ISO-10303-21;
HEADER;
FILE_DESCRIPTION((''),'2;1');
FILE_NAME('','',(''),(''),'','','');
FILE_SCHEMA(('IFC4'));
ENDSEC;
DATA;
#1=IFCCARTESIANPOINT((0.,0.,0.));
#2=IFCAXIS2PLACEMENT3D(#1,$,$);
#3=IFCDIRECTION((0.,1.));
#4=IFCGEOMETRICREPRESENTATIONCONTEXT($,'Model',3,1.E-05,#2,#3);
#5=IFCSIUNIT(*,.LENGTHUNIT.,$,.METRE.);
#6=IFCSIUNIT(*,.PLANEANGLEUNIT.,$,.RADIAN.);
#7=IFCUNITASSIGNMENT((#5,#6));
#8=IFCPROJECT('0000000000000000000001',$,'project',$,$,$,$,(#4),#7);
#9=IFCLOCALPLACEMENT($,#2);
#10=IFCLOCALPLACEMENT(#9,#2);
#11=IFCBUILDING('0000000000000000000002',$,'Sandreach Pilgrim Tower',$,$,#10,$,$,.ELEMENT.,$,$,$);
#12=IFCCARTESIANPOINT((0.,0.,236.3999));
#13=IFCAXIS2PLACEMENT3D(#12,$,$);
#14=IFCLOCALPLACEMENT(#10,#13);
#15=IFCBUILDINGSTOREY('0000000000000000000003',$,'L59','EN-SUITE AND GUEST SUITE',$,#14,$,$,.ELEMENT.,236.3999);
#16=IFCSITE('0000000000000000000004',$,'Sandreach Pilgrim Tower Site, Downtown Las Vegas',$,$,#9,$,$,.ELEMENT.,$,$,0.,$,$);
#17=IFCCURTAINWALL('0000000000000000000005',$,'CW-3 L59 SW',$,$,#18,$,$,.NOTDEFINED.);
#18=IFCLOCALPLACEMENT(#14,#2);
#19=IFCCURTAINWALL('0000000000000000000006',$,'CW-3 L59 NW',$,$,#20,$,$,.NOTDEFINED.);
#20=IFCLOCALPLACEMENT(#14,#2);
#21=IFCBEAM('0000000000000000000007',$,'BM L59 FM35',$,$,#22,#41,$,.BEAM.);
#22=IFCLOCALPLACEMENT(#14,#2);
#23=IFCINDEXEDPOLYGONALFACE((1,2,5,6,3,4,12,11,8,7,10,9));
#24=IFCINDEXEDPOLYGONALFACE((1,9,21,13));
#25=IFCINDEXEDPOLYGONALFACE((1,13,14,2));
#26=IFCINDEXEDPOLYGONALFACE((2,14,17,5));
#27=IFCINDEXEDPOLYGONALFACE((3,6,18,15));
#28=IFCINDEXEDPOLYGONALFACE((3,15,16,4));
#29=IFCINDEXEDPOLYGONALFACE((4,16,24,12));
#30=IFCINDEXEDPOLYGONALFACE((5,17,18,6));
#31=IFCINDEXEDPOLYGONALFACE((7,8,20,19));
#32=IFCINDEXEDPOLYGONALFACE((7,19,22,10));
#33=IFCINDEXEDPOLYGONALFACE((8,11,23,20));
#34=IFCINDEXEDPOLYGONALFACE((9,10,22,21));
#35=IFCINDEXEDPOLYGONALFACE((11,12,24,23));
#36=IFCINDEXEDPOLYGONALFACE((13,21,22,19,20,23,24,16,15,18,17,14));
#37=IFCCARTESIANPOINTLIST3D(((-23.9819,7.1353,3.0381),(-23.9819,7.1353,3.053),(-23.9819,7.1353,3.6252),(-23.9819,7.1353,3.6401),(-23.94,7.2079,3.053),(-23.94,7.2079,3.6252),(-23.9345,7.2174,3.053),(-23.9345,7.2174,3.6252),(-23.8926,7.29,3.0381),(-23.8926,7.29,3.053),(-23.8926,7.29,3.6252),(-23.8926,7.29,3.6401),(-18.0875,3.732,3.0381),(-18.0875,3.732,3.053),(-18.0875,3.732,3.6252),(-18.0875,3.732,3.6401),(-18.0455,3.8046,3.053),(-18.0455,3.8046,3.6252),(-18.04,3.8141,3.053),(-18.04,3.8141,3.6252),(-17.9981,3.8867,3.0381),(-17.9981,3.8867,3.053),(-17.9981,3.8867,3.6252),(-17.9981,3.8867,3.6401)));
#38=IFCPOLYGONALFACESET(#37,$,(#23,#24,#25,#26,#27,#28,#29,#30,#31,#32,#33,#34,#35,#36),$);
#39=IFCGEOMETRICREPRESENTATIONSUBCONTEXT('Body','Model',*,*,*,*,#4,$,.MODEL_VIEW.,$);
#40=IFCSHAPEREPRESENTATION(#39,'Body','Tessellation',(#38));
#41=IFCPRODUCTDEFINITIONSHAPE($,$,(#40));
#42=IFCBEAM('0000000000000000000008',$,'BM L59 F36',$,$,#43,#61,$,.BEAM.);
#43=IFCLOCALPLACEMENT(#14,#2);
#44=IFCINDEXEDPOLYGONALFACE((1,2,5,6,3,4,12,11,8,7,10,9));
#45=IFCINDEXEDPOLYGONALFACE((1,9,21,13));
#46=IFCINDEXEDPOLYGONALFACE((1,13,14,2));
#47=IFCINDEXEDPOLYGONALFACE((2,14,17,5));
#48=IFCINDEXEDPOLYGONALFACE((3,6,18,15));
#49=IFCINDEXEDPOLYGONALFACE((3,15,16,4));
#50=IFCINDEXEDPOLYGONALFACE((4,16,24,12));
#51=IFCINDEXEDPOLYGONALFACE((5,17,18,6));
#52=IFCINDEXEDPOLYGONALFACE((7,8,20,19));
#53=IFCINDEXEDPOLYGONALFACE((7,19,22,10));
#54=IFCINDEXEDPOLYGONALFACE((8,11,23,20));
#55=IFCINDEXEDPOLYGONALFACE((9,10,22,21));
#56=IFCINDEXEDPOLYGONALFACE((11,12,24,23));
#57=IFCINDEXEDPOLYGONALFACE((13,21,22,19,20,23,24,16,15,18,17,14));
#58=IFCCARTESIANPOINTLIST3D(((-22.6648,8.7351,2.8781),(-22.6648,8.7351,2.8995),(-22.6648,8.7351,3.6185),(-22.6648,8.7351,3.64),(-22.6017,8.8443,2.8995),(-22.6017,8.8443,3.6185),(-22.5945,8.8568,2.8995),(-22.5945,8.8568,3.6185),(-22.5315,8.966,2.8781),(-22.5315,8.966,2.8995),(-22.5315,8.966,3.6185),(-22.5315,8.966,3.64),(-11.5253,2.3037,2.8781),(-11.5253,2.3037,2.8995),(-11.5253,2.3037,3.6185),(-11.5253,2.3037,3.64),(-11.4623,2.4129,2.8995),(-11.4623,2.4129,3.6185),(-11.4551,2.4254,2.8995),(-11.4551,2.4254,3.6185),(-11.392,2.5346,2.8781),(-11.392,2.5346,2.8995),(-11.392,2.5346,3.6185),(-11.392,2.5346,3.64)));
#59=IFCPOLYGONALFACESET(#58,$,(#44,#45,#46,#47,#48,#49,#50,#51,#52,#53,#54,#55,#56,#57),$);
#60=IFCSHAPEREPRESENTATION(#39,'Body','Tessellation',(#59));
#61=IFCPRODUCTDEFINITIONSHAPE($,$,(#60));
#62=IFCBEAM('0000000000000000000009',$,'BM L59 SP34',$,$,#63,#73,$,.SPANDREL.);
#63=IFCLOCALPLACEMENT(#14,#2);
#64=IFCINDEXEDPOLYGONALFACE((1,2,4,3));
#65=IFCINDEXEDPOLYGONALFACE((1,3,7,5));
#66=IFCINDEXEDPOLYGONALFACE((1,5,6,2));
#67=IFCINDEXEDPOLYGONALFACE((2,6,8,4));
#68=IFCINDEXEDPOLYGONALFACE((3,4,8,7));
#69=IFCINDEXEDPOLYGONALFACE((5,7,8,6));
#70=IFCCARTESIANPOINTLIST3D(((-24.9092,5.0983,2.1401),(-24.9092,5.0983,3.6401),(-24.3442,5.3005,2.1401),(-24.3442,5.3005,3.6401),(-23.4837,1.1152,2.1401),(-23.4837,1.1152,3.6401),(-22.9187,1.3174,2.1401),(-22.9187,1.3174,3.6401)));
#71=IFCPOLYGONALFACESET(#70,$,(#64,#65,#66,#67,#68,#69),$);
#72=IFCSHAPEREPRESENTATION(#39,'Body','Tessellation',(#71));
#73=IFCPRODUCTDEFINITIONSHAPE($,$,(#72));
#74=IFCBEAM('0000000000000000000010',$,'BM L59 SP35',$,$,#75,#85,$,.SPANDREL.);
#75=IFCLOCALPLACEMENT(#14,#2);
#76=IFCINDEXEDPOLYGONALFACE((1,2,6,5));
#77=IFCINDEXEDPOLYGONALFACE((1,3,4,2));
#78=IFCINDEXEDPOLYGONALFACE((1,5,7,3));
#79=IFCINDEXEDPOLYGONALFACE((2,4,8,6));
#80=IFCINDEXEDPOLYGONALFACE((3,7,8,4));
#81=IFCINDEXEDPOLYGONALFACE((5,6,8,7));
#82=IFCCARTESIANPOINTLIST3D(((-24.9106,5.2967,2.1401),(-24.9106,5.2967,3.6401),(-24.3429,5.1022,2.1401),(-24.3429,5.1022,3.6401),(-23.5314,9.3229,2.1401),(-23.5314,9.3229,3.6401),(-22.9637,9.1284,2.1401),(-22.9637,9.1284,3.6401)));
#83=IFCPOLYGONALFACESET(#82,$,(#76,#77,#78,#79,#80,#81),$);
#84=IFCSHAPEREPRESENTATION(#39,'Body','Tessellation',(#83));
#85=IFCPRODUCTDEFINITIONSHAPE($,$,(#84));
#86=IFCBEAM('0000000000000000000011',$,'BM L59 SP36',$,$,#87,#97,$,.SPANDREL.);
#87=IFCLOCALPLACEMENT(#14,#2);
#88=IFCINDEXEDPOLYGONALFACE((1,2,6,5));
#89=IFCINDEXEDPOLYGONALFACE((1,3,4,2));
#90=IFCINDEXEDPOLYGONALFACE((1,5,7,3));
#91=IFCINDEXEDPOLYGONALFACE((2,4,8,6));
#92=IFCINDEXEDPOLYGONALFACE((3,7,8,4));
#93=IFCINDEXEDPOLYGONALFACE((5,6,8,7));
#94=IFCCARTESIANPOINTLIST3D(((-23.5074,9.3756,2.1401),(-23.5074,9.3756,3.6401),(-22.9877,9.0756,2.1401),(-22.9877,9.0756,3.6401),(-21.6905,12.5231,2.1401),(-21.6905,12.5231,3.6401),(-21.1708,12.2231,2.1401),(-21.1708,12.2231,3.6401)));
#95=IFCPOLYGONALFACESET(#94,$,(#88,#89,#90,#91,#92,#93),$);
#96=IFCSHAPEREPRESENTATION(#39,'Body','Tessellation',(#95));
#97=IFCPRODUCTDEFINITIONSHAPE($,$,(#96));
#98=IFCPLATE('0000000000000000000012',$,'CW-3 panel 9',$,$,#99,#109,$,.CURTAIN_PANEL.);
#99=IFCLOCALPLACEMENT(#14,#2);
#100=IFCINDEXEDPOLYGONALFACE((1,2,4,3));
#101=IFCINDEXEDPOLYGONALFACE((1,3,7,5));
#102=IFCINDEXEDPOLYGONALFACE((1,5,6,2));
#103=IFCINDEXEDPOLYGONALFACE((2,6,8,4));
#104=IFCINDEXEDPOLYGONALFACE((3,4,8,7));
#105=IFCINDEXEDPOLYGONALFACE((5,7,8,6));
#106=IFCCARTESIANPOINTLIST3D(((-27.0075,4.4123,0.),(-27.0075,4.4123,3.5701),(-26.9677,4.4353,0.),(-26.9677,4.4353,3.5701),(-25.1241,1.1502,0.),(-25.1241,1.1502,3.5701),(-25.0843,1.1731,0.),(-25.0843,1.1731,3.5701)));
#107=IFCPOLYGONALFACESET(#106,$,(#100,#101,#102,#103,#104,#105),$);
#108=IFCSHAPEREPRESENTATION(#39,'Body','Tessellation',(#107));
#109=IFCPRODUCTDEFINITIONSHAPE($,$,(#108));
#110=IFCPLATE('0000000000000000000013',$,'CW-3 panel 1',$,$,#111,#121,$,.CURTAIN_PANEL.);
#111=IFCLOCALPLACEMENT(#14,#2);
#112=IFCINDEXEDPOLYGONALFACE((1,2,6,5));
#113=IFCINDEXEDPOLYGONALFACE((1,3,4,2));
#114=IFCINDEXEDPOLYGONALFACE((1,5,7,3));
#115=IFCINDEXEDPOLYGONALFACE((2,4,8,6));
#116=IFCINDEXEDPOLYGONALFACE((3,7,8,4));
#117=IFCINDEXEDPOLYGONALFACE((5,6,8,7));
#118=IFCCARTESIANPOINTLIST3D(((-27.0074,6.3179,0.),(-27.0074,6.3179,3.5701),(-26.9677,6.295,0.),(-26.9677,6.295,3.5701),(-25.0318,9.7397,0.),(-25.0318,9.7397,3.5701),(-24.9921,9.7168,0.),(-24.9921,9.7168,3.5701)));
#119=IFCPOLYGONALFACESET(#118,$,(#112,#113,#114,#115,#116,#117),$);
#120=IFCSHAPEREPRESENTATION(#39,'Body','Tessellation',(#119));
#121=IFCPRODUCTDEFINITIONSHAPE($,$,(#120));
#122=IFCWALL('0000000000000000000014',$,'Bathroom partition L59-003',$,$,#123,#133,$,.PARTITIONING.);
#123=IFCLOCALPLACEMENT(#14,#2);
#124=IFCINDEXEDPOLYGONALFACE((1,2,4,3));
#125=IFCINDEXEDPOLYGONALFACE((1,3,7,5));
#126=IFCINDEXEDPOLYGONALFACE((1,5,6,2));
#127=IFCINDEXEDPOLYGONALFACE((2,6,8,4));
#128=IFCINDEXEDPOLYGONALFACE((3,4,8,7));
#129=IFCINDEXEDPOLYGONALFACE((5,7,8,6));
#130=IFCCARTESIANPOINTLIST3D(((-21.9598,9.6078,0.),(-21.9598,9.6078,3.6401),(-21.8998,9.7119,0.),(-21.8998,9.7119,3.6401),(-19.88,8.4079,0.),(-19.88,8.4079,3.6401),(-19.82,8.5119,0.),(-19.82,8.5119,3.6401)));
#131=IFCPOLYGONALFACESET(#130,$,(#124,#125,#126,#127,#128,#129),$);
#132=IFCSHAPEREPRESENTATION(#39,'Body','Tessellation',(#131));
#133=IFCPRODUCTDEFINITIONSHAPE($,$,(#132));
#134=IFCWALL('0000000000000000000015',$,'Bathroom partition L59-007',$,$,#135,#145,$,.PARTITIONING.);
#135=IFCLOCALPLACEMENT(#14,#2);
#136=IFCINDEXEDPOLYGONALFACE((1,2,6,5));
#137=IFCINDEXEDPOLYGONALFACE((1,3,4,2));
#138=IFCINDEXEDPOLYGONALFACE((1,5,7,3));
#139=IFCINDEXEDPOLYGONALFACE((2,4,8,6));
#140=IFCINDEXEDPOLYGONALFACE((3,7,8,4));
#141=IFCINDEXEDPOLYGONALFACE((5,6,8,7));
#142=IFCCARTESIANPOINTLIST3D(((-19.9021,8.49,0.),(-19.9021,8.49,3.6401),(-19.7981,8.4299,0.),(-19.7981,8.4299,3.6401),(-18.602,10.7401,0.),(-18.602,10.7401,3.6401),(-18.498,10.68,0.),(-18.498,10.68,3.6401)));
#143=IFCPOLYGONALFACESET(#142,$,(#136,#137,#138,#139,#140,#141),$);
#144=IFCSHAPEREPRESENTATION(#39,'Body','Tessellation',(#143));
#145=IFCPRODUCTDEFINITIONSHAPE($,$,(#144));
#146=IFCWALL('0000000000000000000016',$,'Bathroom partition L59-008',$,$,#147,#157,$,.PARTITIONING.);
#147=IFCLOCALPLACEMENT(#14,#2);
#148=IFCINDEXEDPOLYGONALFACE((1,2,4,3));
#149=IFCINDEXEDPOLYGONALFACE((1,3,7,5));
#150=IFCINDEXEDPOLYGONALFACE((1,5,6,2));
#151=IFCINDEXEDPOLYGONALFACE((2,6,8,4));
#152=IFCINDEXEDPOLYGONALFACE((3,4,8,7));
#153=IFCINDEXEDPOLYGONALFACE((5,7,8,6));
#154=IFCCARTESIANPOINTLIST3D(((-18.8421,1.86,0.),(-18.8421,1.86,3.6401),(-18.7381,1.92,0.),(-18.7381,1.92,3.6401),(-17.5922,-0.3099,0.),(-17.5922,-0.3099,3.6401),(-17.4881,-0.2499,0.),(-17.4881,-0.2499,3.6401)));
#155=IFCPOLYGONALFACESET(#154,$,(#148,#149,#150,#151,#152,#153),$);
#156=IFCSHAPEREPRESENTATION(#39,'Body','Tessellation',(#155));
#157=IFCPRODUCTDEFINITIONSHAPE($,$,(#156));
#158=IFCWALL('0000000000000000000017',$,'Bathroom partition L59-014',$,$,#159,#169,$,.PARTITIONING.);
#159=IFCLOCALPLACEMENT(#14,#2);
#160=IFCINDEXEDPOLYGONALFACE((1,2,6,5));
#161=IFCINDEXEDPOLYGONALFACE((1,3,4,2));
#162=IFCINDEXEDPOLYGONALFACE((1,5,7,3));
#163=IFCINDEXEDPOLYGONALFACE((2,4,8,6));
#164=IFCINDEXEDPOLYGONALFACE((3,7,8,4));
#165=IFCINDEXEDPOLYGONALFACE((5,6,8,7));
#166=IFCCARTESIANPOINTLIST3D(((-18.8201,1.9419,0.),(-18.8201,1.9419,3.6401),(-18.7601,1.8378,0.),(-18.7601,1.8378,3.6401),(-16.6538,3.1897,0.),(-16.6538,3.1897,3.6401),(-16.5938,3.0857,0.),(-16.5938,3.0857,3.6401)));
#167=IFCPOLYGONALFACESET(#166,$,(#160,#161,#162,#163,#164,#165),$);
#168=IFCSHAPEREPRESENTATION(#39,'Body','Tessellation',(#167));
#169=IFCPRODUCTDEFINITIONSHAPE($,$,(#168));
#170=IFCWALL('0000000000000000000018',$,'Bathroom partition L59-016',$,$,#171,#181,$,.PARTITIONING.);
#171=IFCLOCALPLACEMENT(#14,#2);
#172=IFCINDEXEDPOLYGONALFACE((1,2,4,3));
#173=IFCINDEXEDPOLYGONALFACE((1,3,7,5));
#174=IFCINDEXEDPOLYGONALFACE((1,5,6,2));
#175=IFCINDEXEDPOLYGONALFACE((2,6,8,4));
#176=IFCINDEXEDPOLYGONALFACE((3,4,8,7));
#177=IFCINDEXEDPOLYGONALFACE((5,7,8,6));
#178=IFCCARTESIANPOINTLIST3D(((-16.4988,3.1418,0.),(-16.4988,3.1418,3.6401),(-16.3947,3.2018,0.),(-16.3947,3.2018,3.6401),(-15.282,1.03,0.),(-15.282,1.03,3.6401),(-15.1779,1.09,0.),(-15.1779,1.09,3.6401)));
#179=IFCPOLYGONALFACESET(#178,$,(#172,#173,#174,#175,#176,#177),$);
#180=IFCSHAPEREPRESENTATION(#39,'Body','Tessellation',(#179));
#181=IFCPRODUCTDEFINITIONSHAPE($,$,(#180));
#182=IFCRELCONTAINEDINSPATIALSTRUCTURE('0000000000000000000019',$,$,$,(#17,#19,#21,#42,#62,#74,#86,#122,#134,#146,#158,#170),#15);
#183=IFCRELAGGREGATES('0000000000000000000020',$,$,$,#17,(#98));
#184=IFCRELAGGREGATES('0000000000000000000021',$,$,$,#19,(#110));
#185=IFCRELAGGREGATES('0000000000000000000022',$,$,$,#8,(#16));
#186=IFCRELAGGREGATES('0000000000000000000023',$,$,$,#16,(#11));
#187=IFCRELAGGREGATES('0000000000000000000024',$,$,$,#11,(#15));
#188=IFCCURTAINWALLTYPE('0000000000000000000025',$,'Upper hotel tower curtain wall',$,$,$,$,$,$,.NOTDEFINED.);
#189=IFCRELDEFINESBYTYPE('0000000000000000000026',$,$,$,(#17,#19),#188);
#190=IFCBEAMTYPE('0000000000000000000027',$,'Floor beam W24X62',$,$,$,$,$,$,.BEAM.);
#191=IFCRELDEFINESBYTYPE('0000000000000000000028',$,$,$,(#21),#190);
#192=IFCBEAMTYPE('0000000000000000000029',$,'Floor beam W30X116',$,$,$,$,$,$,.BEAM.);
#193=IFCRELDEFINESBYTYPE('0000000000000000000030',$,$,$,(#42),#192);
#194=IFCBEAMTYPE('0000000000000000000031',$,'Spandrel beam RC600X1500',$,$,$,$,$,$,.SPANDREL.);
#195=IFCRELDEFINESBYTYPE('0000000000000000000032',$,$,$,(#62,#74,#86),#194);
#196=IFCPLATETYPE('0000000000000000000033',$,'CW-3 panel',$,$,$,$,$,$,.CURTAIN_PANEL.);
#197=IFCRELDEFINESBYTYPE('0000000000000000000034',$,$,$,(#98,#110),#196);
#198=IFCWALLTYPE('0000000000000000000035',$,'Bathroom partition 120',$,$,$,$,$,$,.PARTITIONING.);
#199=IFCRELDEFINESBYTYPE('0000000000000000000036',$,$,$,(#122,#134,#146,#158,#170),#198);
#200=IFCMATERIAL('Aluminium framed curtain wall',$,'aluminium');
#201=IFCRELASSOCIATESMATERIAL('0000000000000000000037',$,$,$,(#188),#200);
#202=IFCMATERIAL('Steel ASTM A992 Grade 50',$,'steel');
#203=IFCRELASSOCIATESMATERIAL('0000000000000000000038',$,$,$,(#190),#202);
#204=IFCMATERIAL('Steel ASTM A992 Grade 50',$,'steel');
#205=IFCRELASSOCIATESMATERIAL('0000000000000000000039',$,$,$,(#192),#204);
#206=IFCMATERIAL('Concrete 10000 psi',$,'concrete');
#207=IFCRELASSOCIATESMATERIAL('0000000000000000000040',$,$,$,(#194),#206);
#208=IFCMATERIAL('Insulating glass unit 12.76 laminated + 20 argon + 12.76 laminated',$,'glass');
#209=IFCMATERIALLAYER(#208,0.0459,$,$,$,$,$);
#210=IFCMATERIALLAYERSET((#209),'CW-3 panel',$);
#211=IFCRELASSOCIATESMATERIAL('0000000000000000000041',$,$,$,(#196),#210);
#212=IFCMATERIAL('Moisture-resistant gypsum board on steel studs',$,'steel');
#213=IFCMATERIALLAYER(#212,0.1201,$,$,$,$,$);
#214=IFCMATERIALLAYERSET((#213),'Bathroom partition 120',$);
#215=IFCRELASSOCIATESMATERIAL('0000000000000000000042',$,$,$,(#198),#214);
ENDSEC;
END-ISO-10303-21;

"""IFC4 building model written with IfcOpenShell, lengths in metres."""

from ifc_helpers import new_model, si_unit, direction, frame, frame_2d, origin, origin_2d, place, context, subcontext, project, spatial, rectangle, i_section, extrude, material, layer, layer_set, material_profile, profile_set, type_object, element, aggregate, save


model = new_model("IFC4")

# Units and contexts
model_context = context("Model", 3, precision=1e-05, world=origin(), true_north=direction((0.0, 1.0)))
body_context = subcontext(model_context, "Body", "Model", "MODEL_VIEW")
ifc_project = project(units=[si_unit("LENGTHUNIT", "METRE"), si_unit("PLANEANGLEUNIT", "RADIAN")], contexts=[model_context])

# Site, building, storey
site_placement = place(None, origin())
site = spatial("IfcSite", under=ifc_project, at=site_placement, Name="Sandreach Pilgrim Tower Site, Downtown Las Vegas", CompositionType="ELEMENT", RefElevation=0.0)
building_placement = place(site_placement, origin())
building = spatial("IfcBuilding", under=site, at=building_placement, Name="Sandreach Pilgrim Tower", CompositionType="ELEMENT")
storey_placement = place(building_placement, frame((0.0, 0.0, 236.3999)))
storey = spatial("IfcBuildingStorey", under=building, at=storey_placement, Name="L59", Description="EN-SUITE AND GUEST SUITE", CompositionType="ELEMENT", Elevation=236.3999)

# Curtain wall
ifc_material_1 = material(Name="Aluminium framed curtain wall", Category="aluminium")
curtain_wall_type = type_object("IfcCurtainWallType", Name="Upper hotel tower curtain wall", PredefinedType="NOTDEFINED", material=ifc_material_1)
curtain_wall_1_placement = place(storey_placement, origin())
curtain_wall_1 = element("IfcCurtainWall", 1, at=curtain_wall_1_placement, inside=storey, type_object=curtain_wall_type, Name="CW-3 L59 SW", PredefinedType="NOTDEFINED")

# Curtain wall
curtain_wall_2_placement = place(storey_placement, origin())
curtain_wall_2 = element("IfcCurtainWall", 2, at=curtain_wall_2_placement, inside=storey, type_object=curtain_wall_type, Name="CW-3 L59 NW", PredefinedType="NOTDEFINED")

# Beams
ifc_material_2 = material(Name="Steel ASTM A992 Grade 50", Category="steel")
ifc_material_profile_1 = material_profile(ifc_material_2, i_section(OverallWidth=0.1787, OverallDepth=0.6021, WebThickness=0.011, FlangeThickness=0.0149, at=origin_2d()), Name="W24X62")
ifc_profile_set_1 = profile_set([ifc_material_profile_1], Name="Steel ASTM A992 Grade 50")
beam_type_1 = type_object("IfcBeamType", Name="Floor beam W24X62", PredefinedType="BEAM", material=ifc_profile_set_1)
beam_1_placement = place(storey_placement, frame((-23.9373, 7.2126, 3.3391), z_axis=(0.866018, -0.500012, 0.0), x_axis=(0.500012, 0.866018, 0.0)))
element("IfcBeam", 3, at=beam_1_placement, inside=storey, type_object=beam_type_1, Name="BM L59 FM35", PredefinedType="BEAM", context=body_context, shape_type="SweptSolid", body=[
    extrude(i_section(OverallWidth=0.1787, OverallDepth=0.6021, WebThickness=0.011, FlangeThickness=0.0149, at=origin_2d()), origin(), (0.0, 0.0, 1.0), 6.8064),
])
ifc_material_3 = material(Name="Steel ASTM A992 Grade 50", Category="steel")
ifc_material_profile_2 = material_profile(ifc_material_3, i_section(OverallWidth=0.2666, OverallDepth=0.762, WebThickness=0.0144, FlangeThickness=0.0215, at=origin_2d()), Name="W30X116")
ifc_profile_set_2 = profile_set([ifc_material_profile_2], Name="Steel ASTM A992 Grade 50")
beam_type_2 = type_object("IfcBeamType", Name="Floor beam W30X116", PredefinedType="BEAM", material=ifc_profile_set_2)
beam_2_placement = place(storey_placement, frame((-22.5981, 8.8506, 3.259), z_axis=(0.866023, -0.500003, 0.0), x_axis=(0.500003, 0.866023, 0.0)))
element("IfcBeam", 4, at=beam_2_placement, inside=storey, type_object=beam_type_2, Name="BM L59 F36", PredefinedType="BEAM", context=body_context, shape_type="SweptSolid", body=[
    extrude(i_section(OverallWidth=0.2666, OverallDepth=0.762, WebThickness=0.0144, FlangeThickness=0.0215, at=origin_2d()), origin(), (0.0, 0.0, 1.0), 12.8628),
])
ifc_material_4 = material(Name="Concrete 10000 psi", Category="concrete")
ifc_material_profile_3 = material_profile(ifc_material_4, rectangle(XDim=0.6001, YDim=1.5, at=origin_2d()), Name="RC600X1500")
ifc_profile_set_3 = profile_set([ifc_material_profile_3], Name="Concrete 10000 psi")
beam_type_3 = type_object("IfcBeamType", Name="Spandrel beam RC600X1500", PredefinedType="SPANDREL", material=ifc_profile_set_3)
beam_3_placement = place(storey_placement, frame((-23.2012, 1.2163, 2.8901), z_axis=(-0.336961, 0.941518, 0.0), x_axis=(-0.941518, -0.336961, 0.0)))
element("IfcBeam", 5, at=beam_3_placement, inside=storey, type_object=beam_type_3, Name="BM L59 SP34", PredefinedType="SPANDREL", context=body_context, shape_type="SweptSolid", body=[
    extrude(rectangle(XDim=0.6001, YDim=1.5, at=origin_2d()), origin(), (0.0, 0.0, 1.0), 4.2305),
])
beam_4_placement = place(storey_placement, frame((-24.6267, 5.1995, 2.8901), z_axis=(0.324065, 0.946035, 0.0), x_axis=(-0.946035, 0.324065, 0.0)))
element("IfcBeam", 6, at=beam_4_placement, inside=storey, type_object=beam_type_3, Name="BM L59 SP35", PredefinedType="SPANDREL", context=body_context, shape_type="SweptSolid", body=[
    extrude(rectangle(XDim=0.6001, YDim=1.5, at=origin_2d()), origin(), (0.0, 0.0, 1.0), 4.2559),
])
beam_5_placement = place(storey_placement, frame((-23.2476, 9.2256, 2.8901), z_axis=(0.49994, 0.86606, 0.0), x_axis=(-0.86606, 0.49994, 0.0)))
element("IfcBeam", 7, at=beam_5_placement, inside=storey, type_object=beam_type_3, Name="BM L59 SP36", PredefinedType="SPANDREL", context=body_context, shape_type="SweptSolid", body=[
    extrude(rectangle(XDim=0.6001, YDim=1.5, at=origin_2d()), origin(), (0.0, 0.0, 1.0), 3.6343),
])

# Plates
ifc_material_5 = material(Name="Insulating glass unit 12.76 laminated + 20 argon + 12.76 laminated", Category="glass")
ifc_layer_1 = layer(ifc_material_5, 0.0459)
ifc_layer_set_1 = layer_set([ifc_layer_1], Name="CW-3 panel")
plate_type = type_object("IfcPlateType", Name="CW-3 panel", PredefinedType="CURTAIN_PANEL", material=ifc_layer_set_1)
plate_1_placement = place(storey_placement, frame((-26.0459, 2.7927, 0.0), z_axis=(0.0, 0.0, 1.0), x_axis=(-0.5, 0.866025, 0.0)))
plate_1 = element("IfcPlate", 8, at=plate_1_placement, type_object=plate_type, Name="CW-3 panel 9", PredefinedType="CURTAIN_PANEL", context=body_context, shape_type="SweptSolid", body=[
    extrude(rectangle(XDim=3.7668, YDim=0.0459, at=origin_2d()), origin(), (0.0, 0.0, 1.0), 3.5701),
])
aggregate(curtain_wall_1, [plate_1])
plate_2_placement = place(storey_placement, frame((-25.9998, 8.0173, 0.0), z_axis=(0.0, 0.0, 1.0), x_axis=(0.5, 0.866025, 0.0)))
plate_2 = element("IfcPlate", 9, at=plate_2_placement, type_object=plate_type, Name="CW-3 panel 1", PredefinedType="CURTAIN_PANEL", context=body_context, shape_type="SweptSolid", body=[
    extrude(rectangle(XDim=3.9512, YDim=0.0459, at=origin_2d()), origin(), (0.0, 0.0, 1.0), 3.5701),
])
aggregate(curtain_wall_2, [plate_2])

# Walls
ifc_material_6 = material(Name="Moisture-resistant gypsum board on steel studs", Category="steel")
ifc_layer_2 = layer(ifc_material_6, 0.1201)
ifc_layer_set_2 = layer_set([ifc_layer_2], Name="Bathroom partition 120")
wall_type_1 = type_object("IfcWallType", Name="Bathroom partition 120", PredefinedType="PARTITIONING", material=ifc_layer_set_2)
wall_1_placement = place(storey_placement, frame((-21.9299, 9.6599, 0.0), z_axis=(0.0, 0.0, 1.0), x_axis=(0.866177, -0.499737, 0.0)))
element("IfcWall", 10, at=wall_1_placement, inside=storey, type_object=wall_type_1, Name="Bathroom partition L59-003", PredefinedType="PARTITIONING", context=body_context, shape_type="SweptSolid", body=[
    extrude(rectangle(XDim=2.4011, YDim=0.1201, at=frame_2d((1.2007, 0.0))), origin(), (0.0, 0.0, 1.0), 3.6401),
])
wall_2_placement = place(storey_placement, frame((-19.8501, 8.46, 0.0), z_axis=(0.0, 0.0, 1.0), x_axis=(0.500292, 0.865857, 0.0)))
element("IfcWall", 11, at=wall_2_placement, inside=storey, type_object=wall_type_1, Name="Bathroom partition L59-007", PredefinedType="PARTITIONING", context=body_context, shape_type="SweptSolid", body=[
    extrude(rectangle(XDim=2.5986, YDim=0.1201, at=frame_2d((1.2993, 0.0))), origin(), (0.0, 0.0, 1.0), 3.6401),
])
wall_3_placement = place(storey_placement, frame((-18.79, 1.8899, 0.0), z_axis=(0.0, 0.0, 1.0), x_axis=(0.49916, -0.86651, 0.0)))
element("IfcWall", 12, at=wall_3_placement, inside=storey, type_object=wall_type_1, Name="Bathroom partition L59-008", PredefinedType="PARTITIONING", context=body_context, shape_type="SweptSolid", body=[
    extrude(rectangle(XDim=2.5042, YDim=0.1201, at=frame_2d((1.252, 0.0))), origin(), (0.0, 0.0, 1.0), 3.6401),
])
wall_4_placement = place(storey_placement, frame((-16.6238, 3.1377, 0.0), z_axis=(0.0, 0.0, 1.0), x_axis=(-0.866525, -0.499133, 0.0)))
element("IfcWall", 13, at=wall_4_placement, inside=storey, type_object=wall_type_1, Name="Bathroom partition L59-014", PredefinedType="PARTITIONING", context=body_context, shape_type="SweptSolid", body=[
    extrude(rectangle(XDim=2.5, YDim=0.1201, at=frame_2d((1.25, 0.0))), origin(), (0.0, 0.0, 1.0), 3.6401),
])
wall_5_placement = place(storey_placement, frame((-16.4468, 3.1719, 0.0), z_axis=(0.0, 0.0, 1.0), x_axis=(0.499243, -0.866462, 0.0)))
element("IfcWall", 14, at=wall_5_placement, inside=storey, type_object=wall_type_1, Name="Bathroom partition L59-016", PredefinedType="PARTITIONING", context=body_context, shape_type="SweptSolid", body=[
    extrude(rectangle(XDim=2.4373, YDim=0.1201, at=frame_2d((1.2188, 0.0))), origin(), (0.0, 0.0, 1.0), 3.6401),
])

save(model, "model.ifc")
